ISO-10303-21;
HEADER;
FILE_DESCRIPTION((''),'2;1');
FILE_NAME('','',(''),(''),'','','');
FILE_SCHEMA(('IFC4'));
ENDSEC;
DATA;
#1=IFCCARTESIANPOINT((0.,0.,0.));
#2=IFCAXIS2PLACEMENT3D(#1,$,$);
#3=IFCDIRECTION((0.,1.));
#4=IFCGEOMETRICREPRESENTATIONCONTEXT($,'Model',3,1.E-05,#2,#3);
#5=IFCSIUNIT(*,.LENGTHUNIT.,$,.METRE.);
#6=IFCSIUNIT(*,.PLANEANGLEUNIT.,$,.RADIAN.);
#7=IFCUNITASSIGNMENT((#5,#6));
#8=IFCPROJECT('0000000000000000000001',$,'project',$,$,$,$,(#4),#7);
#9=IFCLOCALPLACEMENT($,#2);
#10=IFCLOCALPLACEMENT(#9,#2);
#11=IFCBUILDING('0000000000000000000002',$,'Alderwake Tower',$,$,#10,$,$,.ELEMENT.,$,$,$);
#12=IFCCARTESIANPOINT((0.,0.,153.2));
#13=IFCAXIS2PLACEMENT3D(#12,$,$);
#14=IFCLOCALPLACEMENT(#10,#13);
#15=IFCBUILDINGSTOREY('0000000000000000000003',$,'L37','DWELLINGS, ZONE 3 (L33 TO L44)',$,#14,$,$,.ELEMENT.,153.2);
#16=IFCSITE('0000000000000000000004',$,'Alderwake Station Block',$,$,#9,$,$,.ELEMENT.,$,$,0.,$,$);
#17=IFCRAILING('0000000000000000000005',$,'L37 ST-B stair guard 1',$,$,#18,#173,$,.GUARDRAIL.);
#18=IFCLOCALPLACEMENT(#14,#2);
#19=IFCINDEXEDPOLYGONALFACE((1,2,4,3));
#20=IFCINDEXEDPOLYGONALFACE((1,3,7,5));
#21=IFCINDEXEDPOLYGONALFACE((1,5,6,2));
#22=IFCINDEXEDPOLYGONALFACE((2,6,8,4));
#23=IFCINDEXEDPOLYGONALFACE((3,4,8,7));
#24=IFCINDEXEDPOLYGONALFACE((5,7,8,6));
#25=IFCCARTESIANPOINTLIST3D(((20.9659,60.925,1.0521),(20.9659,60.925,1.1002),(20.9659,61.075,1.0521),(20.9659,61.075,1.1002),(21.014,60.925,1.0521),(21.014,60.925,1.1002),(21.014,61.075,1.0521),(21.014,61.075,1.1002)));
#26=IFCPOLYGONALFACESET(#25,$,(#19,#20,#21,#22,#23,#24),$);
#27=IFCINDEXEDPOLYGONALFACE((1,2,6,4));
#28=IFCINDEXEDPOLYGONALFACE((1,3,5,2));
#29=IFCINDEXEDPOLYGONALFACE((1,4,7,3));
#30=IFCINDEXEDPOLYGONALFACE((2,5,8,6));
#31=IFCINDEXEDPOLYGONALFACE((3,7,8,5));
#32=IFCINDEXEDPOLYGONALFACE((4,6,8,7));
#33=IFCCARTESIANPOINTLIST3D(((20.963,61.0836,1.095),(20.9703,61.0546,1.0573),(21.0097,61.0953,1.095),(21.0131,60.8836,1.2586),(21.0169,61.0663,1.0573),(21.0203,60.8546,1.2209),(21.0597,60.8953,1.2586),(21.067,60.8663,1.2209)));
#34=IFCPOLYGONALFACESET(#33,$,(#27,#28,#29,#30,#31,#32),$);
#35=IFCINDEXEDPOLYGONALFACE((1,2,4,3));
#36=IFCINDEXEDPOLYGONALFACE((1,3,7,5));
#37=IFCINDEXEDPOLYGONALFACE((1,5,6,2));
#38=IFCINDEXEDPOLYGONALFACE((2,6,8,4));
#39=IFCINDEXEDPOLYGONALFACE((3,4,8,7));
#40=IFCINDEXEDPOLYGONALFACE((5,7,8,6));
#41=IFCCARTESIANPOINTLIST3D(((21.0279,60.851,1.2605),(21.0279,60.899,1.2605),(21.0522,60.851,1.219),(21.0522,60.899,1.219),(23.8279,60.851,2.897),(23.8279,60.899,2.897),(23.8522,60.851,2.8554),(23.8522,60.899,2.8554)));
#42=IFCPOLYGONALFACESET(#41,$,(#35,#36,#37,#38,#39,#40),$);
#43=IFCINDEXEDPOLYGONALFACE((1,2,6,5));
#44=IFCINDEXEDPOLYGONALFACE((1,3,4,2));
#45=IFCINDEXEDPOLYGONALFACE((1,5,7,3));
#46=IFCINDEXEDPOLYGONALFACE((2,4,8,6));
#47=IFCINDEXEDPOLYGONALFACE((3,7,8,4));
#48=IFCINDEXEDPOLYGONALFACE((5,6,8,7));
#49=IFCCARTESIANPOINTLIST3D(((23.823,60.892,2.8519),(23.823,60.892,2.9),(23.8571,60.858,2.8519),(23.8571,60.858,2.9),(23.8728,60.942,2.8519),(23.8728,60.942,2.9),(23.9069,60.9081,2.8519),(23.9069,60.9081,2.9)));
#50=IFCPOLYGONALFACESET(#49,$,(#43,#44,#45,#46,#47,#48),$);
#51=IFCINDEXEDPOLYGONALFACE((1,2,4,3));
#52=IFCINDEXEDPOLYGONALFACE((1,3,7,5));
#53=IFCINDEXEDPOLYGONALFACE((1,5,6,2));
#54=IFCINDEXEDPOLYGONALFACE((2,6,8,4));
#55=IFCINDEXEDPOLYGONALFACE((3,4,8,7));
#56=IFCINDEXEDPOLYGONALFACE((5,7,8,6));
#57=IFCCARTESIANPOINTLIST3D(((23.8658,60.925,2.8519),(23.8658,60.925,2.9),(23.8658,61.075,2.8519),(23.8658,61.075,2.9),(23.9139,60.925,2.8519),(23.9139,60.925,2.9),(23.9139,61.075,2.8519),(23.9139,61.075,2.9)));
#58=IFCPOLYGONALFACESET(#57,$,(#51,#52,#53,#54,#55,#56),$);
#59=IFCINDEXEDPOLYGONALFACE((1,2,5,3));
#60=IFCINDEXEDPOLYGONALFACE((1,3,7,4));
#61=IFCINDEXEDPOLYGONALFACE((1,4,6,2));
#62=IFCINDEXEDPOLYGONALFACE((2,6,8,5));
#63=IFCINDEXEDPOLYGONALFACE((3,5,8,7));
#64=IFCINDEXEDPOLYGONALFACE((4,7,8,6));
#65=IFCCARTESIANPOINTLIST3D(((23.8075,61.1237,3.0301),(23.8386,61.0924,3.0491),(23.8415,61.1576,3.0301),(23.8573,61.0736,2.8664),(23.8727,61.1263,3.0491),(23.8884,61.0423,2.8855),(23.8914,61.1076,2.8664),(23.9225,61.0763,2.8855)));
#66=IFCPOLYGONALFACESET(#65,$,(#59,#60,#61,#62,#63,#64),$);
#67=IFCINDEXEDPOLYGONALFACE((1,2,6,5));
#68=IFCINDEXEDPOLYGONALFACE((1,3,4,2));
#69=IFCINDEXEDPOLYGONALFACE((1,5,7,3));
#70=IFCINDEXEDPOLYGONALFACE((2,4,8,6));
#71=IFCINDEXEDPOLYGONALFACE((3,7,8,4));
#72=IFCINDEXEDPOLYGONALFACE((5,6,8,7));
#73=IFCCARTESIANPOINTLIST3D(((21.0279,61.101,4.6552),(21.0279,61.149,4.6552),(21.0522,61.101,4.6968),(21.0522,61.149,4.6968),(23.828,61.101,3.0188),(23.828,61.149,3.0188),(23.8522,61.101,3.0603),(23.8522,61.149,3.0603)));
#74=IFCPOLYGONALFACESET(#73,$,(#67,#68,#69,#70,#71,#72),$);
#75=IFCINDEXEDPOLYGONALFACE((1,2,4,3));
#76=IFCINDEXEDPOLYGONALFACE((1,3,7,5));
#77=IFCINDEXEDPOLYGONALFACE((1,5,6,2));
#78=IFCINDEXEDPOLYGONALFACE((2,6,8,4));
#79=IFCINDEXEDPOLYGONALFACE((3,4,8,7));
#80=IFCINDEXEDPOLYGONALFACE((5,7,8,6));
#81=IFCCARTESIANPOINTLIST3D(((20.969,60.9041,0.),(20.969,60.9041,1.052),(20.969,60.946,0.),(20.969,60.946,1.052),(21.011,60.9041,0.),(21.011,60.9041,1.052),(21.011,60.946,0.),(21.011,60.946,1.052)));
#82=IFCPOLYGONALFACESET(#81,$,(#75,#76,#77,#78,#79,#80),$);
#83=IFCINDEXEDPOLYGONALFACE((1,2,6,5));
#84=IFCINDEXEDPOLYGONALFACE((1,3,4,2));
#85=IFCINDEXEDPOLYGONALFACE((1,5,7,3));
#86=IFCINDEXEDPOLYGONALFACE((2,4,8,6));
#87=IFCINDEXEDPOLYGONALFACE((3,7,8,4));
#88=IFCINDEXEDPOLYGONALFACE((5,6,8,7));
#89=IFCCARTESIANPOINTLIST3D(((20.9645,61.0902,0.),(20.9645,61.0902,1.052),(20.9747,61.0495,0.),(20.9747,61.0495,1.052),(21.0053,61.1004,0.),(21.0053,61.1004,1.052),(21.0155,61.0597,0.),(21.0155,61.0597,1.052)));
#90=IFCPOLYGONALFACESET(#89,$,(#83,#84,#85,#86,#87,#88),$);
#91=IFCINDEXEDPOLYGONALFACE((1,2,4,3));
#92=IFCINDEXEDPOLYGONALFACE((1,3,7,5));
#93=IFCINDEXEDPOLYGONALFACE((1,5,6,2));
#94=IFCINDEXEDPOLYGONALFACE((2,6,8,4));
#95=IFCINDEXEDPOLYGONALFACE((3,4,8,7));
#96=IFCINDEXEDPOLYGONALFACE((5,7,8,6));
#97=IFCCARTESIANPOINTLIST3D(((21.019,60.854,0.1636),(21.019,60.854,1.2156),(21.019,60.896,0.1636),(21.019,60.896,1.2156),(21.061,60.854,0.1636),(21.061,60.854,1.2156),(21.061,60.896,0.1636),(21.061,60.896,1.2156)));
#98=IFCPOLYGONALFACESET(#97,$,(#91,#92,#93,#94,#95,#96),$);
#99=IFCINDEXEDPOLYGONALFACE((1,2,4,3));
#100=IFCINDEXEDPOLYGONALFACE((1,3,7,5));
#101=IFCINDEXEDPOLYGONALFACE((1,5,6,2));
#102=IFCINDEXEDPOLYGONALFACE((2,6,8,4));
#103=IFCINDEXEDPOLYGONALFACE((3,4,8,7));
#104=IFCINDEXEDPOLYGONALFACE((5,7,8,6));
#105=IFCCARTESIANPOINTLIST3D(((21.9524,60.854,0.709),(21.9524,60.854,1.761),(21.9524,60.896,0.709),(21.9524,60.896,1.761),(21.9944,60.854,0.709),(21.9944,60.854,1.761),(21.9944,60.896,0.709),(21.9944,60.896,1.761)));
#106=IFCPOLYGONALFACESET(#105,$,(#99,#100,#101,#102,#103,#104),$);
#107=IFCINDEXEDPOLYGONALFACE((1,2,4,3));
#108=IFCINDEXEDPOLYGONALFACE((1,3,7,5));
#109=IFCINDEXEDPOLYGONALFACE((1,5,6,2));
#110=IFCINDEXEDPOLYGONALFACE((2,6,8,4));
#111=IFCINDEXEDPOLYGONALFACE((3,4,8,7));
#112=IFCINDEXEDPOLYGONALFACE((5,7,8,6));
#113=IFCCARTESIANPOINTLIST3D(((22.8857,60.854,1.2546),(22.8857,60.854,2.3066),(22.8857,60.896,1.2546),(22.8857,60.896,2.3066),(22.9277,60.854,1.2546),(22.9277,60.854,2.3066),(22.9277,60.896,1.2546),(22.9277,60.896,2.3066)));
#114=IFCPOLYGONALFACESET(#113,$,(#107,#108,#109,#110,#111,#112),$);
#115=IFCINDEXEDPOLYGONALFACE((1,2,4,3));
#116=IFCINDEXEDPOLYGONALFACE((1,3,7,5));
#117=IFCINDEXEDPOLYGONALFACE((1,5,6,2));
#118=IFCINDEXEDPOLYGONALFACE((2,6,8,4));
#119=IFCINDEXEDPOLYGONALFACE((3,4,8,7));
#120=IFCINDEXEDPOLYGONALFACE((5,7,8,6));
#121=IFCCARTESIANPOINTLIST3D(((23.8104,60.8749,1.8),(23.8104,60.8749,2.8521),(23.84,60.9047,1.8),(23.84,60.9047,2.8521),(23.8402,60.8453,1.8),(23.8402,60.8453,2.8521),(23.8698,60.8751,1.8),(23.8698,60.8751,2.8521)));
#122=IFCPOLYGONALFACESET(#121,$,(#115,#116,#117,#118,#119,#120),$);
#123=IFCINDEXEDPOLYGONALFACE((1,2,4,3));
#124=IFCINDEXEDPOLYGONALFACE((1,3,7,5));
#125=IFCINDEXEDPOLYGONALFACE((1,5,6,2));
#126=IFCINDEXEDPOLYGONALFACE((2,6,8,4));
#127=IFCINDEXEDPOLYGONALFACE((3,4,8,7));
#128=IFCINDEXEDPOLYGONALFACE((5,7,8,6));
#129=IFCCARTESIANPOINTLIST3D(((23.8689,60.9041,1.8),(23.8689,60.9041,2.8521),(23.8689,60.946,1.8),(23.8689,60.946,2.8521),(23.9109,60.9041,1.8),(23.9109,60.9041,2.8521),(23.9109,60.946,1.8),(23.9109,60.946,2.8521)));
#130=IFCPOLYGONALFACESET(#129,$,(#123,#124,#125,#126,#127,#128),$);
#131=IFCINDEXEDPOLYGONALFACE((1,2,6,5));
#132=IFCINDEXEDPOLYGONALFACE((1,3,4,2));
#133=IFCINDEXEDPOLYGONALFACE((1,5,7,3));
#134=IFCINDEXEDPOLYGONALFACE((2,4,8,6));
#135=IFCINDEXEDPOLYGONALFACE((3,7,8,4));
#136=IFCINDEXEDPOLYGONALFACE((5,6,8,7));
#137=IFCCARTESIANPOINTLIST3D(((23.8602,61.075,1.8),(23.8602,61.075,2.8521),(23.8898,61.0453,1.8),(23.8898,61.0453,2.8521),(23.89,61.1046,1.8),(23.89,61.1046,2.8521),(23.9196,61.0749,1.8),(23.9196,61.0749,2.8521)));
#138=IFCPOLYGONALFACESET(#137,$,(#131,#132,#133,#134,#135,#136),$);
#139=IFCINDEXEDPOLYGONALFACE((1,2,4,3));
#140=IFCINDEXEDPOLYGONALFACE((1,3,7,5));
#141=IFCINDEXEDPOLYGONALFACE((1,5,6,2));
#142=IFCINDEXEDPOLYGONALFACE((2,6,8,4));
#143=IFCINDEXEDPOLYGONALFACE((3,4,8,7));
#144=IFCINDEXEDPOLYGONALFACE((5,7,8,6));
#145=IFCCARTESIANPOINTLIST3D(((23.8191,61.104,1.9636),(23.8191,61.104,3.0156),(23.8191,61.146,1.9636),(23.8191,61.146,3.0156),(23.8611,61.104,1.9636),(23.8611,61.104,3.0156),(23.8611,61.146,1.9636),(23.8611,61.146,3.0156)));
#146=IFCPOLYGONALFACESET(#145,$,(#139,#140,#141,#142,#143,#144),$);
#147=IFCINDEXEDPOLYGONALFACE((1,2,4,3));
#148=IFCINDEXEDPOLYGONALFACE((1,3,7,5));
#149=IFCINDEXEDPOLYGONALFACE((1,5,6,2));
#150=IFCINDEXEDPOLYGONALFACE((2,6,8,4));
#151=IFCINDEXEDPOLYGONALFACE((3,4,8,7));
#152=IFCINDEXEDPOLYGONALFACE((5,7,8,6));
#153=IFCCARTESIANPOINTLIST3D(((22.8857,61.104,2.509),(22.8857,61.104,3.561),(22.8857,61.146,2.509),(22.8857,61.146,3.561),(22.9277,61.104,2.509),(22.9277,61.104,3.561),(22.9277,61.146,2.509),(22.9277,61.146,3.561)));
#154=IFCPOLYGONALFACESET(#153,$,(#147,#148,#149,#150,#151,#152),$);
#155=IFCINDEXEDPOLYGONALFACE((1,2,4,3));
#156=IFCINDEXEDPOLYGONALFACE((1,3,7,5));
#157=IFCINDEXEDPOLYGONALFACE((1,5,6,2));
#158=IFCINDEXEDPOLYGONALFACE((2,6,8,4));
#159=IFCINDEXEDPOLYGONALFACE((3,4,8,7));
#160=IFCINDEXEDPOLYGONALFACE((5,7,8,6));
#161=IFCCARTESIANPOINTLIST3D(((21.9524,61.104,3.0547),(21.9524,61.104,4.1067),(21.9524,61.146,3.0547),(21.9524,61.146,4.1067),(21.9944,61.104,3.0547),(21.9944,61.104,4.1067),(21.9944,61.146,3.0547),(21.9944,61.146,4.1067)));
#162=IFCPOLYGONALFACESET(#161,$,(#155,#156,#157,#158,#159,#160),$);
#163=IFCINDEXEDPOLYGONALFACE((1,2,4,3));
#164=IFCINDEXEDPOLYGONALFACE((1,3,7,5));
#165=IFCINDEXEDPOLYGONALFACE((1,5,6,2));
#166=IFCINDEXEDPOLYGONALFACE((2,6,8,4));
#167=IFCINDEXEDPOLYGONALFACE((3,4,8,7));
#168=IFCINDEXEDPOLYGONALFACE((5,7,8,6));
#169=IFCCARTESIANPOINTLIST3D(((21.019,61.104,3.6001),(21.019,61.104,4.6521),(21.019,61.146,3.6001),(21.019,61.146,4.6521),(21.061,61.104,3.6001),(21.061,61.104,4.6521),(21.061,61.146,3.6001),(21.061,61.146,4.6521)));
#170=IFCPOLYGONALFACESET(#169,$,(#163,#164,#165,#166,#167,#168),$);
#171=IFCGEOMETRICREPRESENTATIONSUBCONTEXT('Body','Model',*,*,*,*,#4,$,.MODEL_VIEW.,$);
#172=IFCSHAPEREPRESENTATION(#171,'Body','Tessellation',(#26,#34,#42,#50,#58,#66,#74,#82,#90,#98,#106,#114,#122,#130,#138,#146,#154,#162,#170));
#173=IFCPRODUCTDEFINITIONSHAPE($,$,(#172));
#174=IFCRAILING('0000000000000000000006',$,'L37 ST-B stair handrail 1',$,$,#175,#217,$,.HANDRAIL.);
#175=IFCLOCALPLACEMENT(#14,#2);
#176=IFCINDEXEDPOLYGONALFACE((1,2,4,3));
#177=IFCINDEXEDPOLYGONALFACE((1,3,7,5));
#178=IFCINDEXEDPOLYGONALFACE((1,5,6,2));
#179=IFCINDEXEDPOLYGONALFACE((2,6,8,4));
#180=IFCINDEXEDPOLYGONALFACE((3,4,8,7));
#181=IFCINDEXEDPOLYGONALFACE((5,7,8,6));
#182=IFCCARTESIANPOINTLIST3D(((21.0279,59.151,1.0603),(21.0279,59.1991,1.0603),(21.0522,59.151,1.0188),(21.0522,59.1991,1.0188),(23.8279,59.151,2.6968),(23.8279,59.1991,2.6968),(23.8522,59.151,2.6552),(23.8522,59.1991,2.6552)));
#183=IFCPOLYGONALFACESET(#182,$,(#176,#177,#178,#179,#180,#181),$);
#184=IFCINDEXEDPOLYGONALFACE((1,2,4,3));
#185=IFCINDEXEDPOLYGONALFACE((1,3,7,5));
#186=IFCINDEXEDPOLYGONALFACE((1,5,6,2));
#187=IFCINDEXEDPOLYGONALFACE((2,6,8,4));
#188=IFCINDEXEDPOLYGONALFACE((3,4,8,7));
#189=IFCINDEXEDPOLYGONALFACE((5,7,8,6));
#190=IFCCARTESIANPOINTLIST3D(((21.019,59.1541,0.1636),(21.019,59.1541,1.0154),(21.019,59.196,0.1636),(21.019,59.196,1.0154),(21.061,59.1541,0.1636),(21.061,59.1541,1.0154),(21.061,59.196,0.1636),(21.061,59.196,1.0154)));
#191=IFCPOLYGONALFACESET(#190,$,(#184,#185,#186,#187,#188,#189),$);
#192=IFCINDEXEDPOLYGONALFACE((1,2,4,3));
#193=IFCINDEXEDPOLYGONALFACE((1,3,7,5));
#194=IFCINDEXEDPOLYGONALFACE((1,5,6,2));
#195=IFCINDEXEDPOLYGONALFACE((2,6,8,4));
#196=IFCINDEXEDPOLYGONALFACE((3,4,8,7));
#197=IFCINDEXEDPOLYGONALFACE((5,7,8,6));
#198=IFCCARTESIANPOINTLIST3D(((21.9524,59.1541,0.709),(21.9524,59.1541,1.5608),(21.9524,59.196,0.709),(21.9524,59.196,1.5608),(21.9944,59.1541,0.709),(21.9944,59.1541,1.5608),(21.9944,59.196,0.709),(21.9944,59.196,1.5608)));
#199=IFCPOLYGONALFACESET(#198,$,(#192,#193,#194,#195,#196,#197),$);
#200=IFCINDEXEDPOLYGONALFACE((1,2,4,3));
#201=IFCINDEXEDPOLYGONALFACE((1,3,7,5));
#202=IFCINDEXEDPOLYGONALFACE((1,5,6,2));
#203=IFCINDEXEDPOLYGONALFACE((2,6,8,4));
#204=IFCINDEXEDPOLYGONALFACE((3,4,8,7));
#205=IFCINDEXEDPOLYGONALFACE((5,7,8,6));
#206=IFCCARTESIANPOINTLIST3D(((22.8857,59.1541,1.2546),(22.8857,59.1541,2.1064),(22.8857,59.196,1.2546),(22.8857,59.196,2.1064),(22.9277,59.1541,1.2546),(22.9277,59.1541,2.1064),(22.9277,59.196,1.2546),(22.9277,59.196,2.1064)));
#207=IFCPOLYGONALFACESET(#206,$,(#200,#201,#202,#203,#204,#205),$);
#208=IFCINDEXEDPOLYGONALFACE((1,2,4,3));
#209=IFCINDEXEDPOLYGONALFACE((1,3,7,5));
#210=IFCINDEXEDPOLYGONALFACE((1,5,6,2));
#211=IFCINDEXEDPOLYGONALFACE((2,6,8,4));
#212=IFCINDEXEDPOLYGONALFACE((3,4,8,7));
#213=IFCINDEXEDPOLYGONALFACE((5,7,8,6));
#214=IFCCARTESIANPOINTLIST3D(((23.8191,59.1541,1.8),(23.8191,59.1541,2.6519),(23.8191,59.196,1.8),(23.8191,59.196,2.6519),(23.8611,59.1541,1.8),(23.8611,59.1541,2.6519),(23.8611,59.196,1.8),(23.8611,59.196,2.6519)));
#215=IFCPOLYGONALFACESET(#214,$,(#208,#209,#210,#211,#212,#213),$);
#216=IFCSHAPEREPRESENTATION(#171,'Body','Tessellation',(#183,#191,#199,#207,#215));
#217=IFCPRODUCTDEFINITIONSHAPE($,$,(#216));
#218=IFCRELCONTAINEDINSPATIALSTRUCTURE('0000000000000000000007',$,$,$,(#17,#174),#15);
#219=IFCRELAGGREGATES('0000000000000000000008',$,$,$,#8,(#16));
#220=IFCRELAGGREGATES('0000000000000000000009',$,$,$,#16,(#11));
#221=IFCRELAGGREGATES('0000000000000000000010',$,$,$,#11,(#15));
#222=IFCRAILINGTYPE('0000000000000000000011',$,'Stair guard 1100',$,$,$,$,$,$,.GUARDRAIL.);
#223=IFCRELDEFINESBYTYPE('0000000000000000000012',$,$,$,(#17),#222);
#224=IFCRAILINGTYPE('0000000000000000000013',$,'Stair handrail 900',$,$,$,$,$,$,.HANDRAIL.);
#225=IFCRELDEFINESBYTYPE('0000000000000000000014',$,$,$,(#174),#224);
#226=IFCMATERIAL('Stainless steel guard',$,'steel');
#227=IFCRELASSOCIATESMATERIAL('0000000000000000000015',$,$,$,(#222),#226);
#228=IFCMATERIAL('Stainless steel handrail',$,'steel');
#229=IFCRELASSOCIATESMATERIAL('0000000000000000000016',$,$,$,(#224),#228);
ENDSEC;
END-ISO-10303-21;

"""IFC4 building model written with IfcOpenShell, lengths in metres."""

from ifc_helpers import new_model, si_unit, direction, frame, origin, origin_with_axes, origin_2d, place, context, subcontext, project, spatial, rectangle, extrude, material, type_object, element, save


model = new_model("IFC4")

# Units and contexts
model_context = context("Model", 3, precision=1e-05, world=origin(), true_north=direction((0.0, 1.0)))
body_context = subcontext(model_context, "Body", "Model", "MODEL_VIEW")
ifc_project = project(units=[si_unit("LENGTHUNIT", "METRE"), si_unit("PLANEANGLEUNIT", "RADIAN")], contexts=[model_context])

# Site, building, storey
site_placement = place(None, origin())
site = spatial("IfcSite", under=ifc_project, at=site_placement, Name="Alderwake Station Block", CompositionType="ELEMENT", RefElevation=0.0)
building_placement = place(site_placement, origin())
building = spatial("IfcBuilding", under=site, at=building_placement, Name="Alderwake Tower", CompositionType="ELEMENT")
storey_placement = place(building_placement, frame((0.0, 0.0, 153.2)))
storey = spatial("IfcBuildingStorey", under=building, at=storey_placement, Name="L37", Description="DWELLINGS, ZONE 3 (L33 TO L44)", CompositionType="ELEMENT", Elevation=153.2)

# Railings
ifc_material_1 = material(Name="Stainless steel guard", Category="steel")
railing_type_1 = type_object("IfcRailingType", Name="Stair guard 1100", PredefinedType="GUARDRAIL", material=ifc_material_1)
railing_1_placement = place(storey_placement, frame((20.99, 60.925, 0.0)))
element("IfcRailing", 1, at=railing_1_placement, inside=storey, type_object=railing_type_1, Name="L37 ST-B stair guard 1", PredefinedType="GUARDRAIL", context=body_context, shape_type="SweptSolid", body=[
    extrude(rectangle(XDim=0.0481, YDim=0.0481, at=origin_2d()), frame((0.0, 0.0, 1.0762), z_axis=(0.0, 1.0, 0.0), x_axis=(-1.0, 0.0, 0.0)), (0.0, 0.0, 1.0), 0.1499),
    extrude(rectangle(XDim=0.0481, YDim=0.0481, at=origin_2d()), frame((0.0, 0.1499, 1.0762), z_axis=(0.1902, -0.75987, 0.621628), x_axis=(0.970073, 0.242814, 0.0)), (0.0, 0.0, 1.0), 0.2632),
    extrude(rectangle(XDim=0.0481, YDim=0.0481, at=origin_2d()), frame((0.05, -0.05, 1.2397), z_axis=(0.863361, 0.0, 0.504587), x_axis=(0.0, 1.0, 0.0)), (0.0, 0.0, 1.0), 3.2432),
    extrude(rectangle(XDim=0.0481, YDim=0.0481, at=origin_2d()), frame((2.8501, -0.05, 2.876), z_axis=(0.705376, 0.708834, 0.0), x_axis=(-0.708834, 0.705376, 0.0)), (0.0, 0.0, 1.0), 0.0706),
    extrude(rectangle(XDim=0.0481, YDim=0.0481, at=origin_2d()), frame((2.8999, 0.0, 2.876), z_axis=(0.0, 1.0, 0.0), x_axis=(-1.0, 0.0, 0.0)), (0.0, 0.0, 1.0), 0.1499),
    extrude(rectangle(XDim=0.0481, YDim=0.0481, at=origin_2d()), frame((2.8999, 0.1499, 2.876), z_axis=(-0.279546, 0.280917, 0.918118), x_axis=(-0.708834, -0.705376, 0.0)), (0.0, 0.0, 1.0), 0.1782),
    extrude(rectangle(XDim=0.0481, YDim=0.0481, at=origin_2d()), frame((2.8501, 0.2, 3.0396), z_axis=(-0.863361, 0.0, 0.504587), x_axis=(0.0, -1.0, 0.0)), (0.0, 0.0, 1.0), 3.2432),
    extrude(rectangle(XDim=0.042, YDim=0.042, at=origin_2d()), frame((0.0, 0.0, 0.0), z_axis=(0.0, 0.0, 1.0), x_axis=(0.0, 1.0, 0.0)), (0.0, 0.0, 1.0), 1.052),
    extrude(rectangle(XDim=0.042, YDim=0.042, at=origin_2d()), frame((0.0, 0.1499, 0.0), z_axis=(0.0, 0.0, 1.0), x_axis=(0.242814, -0.970073, 0.0)), (0.0, 0.0, 1.0), 1.052),
    extrude(rectangle(XDim=0.042, YDim=0.042, at=origin_2d()), frame((0.05, -0.05, 0.1636), z_axis=(0.0, 0.0, 1.0), x_axis=(1.0, 0.0, 0.0)), (0.0, 0.0, 1.0), 1.052),
    extrude(rectangle(XDim=0.042, YDim=0.042, at=origin_2d()), frame((0.9834, -0.05, 0.709), z_axis=(0.0, 0.0, 1.0), x_axis=(1.0, 0.0, 0.0)), (0.0, 0.0, 1.0), 1.052),
    extrude(rectangle(XDim=0.042, YDim=0.042, at=origin_2d()), frame((1.9167, -0.05, 1.2546), z_axis=(0.0, 0.0, 1.0), x_axis=(1.0, 0.0, 0.0)), (0.0, 0.0, 1.0), 1.052),
    extrude(rectangle(XDim=0.042, YDim=0.042, at=origin_2d()), frame((2.8501, -0.05, 1.8), z_axis=(0.0, 0.0, 1.0), x_axis=(0.705376, 0.708834, 0.0)), (0.0, 0.0, 1.0), 1.052),
    extrude(rectangle(XDim=0.042, YDim=0.042, at=origin_2d()), frame((2.8999, 0.0, 1.8), z_axis=(0.0, 0.0, 1.0), x_axis=(0.0, 1.0, 0.0)), (0.0, 0.0, 1.0), 1.052),
    extrude(rectangle(XDim=0.042, YDim=0.042, at=origin_2d()), frame((2.8999, 0.1499, 1.8), z_axis=(0.0, 0.0, 1.0), x_axis=(-0.705376, 0.708834, 0.0)), (0.0, 0.0, 1.0), 1.052),
    extrude(rectangle(XDim=0.042, YDim=0.042, at=origin_2d()), frame((2.8501, 0.2, 1.9636), z_axis=(0.0, 0.0, 1.0), x_axis=(-1.0, 0.0, 0.0)), (0.0, 0.0, 1.0), 1.052),
    extrude(rectangle(XDim=0.042, YDim=0.042, at=origin_2d()), frame((1.9167, 0.2, 2.509), z_axis=(0.0, 0.0, 1.0), x_axis=(-1.0, 0.0, 0.0)), (0.0, 0.0, 1.0), 1.052),
    extrude(rectangle(XDim=0.042, YDim=0.042, at=origin_2d()), frame((0.9834, 0.2, 3.0547), z_axis=(0.0, 0.0, 1.0), x_axis=(-1.0, 0.0, 0.0)), (0.0, 0.0, 1.0), 1.052),
    extrude(rectangle(XDim=0.042, YDim=0.042, at=origin_2d()), frame((0.05, 0.2, 3.6001), z_axis=(0.0, 0.0, 1.0), x_axis=(-1.0, 0.0, 0.0)), (0.0, 0.0, 1.0), 1.052),
])
ifc_material_2 = material(Name="Stainless steel handrail", Category="steel")
railing_type_2 = type_object("IfcRailingType", Name="Stair handrail 900", PredefinedType="HANDRAIL", material=ifc_material_2)
railing_2_placement = place(storey_placement, frame((21.04, 59.175, 0.1636)))
element("IfcRailing", 2, at=railing_2_placement, inside=storey, type_object=railing_type_2, Name="L37 ST-B stair handrail 1", PredefinedType="HANDRAIL", context=body_context, shape_type="SweptSolid", body=[
    extrude(rectangle(XDim=0.0481, YDim=0.0481, at=origin_2d()), frame((0.0, 0.0, 0.876), z_axis=(0.863361, 0.0, 0.504587), x_axis=(0.0, 1.0, 0.0)), (0.0, 0.0, 1.0), 3.2432),
    extrude(rectangle(XDim=0.042, YDim=0.042, at=origin_2d()), origin_with_axes(), (0.0, 0.0, 1.0), 0.8518),
    extrude(rectangle(XDim=0.042, YDim=0.042, at=origin_2d()), frame((0.9333, 0.0, 0.5454), z_axis=(0.0, 0.0, 1.0), x_axis=(1.0, 0.0, 0.0)), (0.0, 0.0, 1.0), 0.8518),
    extrude(rectangle(XDim=0.042, YDim=0.042, at=origin_2d()), frame((1.8667, 0.0, 1.0911), z_axis=(0.0, 0.0, 1.0), x_axis=(1.0, 0.0, 0.0)), (0.0, 0.0, 1.0), 0.8518),
    extrude(rectangle(XDim=0.042, YDim=0.042, at=origin_2d()), frame((2.8, 0.0, 1.6365), z_axis=(0.0, 0.0, 1.0), x_axis=(1.0, 0.0, 0.0)), (0.0, 0.0, 1.0), 0.8518),
])

save(model, "model.ifc")
